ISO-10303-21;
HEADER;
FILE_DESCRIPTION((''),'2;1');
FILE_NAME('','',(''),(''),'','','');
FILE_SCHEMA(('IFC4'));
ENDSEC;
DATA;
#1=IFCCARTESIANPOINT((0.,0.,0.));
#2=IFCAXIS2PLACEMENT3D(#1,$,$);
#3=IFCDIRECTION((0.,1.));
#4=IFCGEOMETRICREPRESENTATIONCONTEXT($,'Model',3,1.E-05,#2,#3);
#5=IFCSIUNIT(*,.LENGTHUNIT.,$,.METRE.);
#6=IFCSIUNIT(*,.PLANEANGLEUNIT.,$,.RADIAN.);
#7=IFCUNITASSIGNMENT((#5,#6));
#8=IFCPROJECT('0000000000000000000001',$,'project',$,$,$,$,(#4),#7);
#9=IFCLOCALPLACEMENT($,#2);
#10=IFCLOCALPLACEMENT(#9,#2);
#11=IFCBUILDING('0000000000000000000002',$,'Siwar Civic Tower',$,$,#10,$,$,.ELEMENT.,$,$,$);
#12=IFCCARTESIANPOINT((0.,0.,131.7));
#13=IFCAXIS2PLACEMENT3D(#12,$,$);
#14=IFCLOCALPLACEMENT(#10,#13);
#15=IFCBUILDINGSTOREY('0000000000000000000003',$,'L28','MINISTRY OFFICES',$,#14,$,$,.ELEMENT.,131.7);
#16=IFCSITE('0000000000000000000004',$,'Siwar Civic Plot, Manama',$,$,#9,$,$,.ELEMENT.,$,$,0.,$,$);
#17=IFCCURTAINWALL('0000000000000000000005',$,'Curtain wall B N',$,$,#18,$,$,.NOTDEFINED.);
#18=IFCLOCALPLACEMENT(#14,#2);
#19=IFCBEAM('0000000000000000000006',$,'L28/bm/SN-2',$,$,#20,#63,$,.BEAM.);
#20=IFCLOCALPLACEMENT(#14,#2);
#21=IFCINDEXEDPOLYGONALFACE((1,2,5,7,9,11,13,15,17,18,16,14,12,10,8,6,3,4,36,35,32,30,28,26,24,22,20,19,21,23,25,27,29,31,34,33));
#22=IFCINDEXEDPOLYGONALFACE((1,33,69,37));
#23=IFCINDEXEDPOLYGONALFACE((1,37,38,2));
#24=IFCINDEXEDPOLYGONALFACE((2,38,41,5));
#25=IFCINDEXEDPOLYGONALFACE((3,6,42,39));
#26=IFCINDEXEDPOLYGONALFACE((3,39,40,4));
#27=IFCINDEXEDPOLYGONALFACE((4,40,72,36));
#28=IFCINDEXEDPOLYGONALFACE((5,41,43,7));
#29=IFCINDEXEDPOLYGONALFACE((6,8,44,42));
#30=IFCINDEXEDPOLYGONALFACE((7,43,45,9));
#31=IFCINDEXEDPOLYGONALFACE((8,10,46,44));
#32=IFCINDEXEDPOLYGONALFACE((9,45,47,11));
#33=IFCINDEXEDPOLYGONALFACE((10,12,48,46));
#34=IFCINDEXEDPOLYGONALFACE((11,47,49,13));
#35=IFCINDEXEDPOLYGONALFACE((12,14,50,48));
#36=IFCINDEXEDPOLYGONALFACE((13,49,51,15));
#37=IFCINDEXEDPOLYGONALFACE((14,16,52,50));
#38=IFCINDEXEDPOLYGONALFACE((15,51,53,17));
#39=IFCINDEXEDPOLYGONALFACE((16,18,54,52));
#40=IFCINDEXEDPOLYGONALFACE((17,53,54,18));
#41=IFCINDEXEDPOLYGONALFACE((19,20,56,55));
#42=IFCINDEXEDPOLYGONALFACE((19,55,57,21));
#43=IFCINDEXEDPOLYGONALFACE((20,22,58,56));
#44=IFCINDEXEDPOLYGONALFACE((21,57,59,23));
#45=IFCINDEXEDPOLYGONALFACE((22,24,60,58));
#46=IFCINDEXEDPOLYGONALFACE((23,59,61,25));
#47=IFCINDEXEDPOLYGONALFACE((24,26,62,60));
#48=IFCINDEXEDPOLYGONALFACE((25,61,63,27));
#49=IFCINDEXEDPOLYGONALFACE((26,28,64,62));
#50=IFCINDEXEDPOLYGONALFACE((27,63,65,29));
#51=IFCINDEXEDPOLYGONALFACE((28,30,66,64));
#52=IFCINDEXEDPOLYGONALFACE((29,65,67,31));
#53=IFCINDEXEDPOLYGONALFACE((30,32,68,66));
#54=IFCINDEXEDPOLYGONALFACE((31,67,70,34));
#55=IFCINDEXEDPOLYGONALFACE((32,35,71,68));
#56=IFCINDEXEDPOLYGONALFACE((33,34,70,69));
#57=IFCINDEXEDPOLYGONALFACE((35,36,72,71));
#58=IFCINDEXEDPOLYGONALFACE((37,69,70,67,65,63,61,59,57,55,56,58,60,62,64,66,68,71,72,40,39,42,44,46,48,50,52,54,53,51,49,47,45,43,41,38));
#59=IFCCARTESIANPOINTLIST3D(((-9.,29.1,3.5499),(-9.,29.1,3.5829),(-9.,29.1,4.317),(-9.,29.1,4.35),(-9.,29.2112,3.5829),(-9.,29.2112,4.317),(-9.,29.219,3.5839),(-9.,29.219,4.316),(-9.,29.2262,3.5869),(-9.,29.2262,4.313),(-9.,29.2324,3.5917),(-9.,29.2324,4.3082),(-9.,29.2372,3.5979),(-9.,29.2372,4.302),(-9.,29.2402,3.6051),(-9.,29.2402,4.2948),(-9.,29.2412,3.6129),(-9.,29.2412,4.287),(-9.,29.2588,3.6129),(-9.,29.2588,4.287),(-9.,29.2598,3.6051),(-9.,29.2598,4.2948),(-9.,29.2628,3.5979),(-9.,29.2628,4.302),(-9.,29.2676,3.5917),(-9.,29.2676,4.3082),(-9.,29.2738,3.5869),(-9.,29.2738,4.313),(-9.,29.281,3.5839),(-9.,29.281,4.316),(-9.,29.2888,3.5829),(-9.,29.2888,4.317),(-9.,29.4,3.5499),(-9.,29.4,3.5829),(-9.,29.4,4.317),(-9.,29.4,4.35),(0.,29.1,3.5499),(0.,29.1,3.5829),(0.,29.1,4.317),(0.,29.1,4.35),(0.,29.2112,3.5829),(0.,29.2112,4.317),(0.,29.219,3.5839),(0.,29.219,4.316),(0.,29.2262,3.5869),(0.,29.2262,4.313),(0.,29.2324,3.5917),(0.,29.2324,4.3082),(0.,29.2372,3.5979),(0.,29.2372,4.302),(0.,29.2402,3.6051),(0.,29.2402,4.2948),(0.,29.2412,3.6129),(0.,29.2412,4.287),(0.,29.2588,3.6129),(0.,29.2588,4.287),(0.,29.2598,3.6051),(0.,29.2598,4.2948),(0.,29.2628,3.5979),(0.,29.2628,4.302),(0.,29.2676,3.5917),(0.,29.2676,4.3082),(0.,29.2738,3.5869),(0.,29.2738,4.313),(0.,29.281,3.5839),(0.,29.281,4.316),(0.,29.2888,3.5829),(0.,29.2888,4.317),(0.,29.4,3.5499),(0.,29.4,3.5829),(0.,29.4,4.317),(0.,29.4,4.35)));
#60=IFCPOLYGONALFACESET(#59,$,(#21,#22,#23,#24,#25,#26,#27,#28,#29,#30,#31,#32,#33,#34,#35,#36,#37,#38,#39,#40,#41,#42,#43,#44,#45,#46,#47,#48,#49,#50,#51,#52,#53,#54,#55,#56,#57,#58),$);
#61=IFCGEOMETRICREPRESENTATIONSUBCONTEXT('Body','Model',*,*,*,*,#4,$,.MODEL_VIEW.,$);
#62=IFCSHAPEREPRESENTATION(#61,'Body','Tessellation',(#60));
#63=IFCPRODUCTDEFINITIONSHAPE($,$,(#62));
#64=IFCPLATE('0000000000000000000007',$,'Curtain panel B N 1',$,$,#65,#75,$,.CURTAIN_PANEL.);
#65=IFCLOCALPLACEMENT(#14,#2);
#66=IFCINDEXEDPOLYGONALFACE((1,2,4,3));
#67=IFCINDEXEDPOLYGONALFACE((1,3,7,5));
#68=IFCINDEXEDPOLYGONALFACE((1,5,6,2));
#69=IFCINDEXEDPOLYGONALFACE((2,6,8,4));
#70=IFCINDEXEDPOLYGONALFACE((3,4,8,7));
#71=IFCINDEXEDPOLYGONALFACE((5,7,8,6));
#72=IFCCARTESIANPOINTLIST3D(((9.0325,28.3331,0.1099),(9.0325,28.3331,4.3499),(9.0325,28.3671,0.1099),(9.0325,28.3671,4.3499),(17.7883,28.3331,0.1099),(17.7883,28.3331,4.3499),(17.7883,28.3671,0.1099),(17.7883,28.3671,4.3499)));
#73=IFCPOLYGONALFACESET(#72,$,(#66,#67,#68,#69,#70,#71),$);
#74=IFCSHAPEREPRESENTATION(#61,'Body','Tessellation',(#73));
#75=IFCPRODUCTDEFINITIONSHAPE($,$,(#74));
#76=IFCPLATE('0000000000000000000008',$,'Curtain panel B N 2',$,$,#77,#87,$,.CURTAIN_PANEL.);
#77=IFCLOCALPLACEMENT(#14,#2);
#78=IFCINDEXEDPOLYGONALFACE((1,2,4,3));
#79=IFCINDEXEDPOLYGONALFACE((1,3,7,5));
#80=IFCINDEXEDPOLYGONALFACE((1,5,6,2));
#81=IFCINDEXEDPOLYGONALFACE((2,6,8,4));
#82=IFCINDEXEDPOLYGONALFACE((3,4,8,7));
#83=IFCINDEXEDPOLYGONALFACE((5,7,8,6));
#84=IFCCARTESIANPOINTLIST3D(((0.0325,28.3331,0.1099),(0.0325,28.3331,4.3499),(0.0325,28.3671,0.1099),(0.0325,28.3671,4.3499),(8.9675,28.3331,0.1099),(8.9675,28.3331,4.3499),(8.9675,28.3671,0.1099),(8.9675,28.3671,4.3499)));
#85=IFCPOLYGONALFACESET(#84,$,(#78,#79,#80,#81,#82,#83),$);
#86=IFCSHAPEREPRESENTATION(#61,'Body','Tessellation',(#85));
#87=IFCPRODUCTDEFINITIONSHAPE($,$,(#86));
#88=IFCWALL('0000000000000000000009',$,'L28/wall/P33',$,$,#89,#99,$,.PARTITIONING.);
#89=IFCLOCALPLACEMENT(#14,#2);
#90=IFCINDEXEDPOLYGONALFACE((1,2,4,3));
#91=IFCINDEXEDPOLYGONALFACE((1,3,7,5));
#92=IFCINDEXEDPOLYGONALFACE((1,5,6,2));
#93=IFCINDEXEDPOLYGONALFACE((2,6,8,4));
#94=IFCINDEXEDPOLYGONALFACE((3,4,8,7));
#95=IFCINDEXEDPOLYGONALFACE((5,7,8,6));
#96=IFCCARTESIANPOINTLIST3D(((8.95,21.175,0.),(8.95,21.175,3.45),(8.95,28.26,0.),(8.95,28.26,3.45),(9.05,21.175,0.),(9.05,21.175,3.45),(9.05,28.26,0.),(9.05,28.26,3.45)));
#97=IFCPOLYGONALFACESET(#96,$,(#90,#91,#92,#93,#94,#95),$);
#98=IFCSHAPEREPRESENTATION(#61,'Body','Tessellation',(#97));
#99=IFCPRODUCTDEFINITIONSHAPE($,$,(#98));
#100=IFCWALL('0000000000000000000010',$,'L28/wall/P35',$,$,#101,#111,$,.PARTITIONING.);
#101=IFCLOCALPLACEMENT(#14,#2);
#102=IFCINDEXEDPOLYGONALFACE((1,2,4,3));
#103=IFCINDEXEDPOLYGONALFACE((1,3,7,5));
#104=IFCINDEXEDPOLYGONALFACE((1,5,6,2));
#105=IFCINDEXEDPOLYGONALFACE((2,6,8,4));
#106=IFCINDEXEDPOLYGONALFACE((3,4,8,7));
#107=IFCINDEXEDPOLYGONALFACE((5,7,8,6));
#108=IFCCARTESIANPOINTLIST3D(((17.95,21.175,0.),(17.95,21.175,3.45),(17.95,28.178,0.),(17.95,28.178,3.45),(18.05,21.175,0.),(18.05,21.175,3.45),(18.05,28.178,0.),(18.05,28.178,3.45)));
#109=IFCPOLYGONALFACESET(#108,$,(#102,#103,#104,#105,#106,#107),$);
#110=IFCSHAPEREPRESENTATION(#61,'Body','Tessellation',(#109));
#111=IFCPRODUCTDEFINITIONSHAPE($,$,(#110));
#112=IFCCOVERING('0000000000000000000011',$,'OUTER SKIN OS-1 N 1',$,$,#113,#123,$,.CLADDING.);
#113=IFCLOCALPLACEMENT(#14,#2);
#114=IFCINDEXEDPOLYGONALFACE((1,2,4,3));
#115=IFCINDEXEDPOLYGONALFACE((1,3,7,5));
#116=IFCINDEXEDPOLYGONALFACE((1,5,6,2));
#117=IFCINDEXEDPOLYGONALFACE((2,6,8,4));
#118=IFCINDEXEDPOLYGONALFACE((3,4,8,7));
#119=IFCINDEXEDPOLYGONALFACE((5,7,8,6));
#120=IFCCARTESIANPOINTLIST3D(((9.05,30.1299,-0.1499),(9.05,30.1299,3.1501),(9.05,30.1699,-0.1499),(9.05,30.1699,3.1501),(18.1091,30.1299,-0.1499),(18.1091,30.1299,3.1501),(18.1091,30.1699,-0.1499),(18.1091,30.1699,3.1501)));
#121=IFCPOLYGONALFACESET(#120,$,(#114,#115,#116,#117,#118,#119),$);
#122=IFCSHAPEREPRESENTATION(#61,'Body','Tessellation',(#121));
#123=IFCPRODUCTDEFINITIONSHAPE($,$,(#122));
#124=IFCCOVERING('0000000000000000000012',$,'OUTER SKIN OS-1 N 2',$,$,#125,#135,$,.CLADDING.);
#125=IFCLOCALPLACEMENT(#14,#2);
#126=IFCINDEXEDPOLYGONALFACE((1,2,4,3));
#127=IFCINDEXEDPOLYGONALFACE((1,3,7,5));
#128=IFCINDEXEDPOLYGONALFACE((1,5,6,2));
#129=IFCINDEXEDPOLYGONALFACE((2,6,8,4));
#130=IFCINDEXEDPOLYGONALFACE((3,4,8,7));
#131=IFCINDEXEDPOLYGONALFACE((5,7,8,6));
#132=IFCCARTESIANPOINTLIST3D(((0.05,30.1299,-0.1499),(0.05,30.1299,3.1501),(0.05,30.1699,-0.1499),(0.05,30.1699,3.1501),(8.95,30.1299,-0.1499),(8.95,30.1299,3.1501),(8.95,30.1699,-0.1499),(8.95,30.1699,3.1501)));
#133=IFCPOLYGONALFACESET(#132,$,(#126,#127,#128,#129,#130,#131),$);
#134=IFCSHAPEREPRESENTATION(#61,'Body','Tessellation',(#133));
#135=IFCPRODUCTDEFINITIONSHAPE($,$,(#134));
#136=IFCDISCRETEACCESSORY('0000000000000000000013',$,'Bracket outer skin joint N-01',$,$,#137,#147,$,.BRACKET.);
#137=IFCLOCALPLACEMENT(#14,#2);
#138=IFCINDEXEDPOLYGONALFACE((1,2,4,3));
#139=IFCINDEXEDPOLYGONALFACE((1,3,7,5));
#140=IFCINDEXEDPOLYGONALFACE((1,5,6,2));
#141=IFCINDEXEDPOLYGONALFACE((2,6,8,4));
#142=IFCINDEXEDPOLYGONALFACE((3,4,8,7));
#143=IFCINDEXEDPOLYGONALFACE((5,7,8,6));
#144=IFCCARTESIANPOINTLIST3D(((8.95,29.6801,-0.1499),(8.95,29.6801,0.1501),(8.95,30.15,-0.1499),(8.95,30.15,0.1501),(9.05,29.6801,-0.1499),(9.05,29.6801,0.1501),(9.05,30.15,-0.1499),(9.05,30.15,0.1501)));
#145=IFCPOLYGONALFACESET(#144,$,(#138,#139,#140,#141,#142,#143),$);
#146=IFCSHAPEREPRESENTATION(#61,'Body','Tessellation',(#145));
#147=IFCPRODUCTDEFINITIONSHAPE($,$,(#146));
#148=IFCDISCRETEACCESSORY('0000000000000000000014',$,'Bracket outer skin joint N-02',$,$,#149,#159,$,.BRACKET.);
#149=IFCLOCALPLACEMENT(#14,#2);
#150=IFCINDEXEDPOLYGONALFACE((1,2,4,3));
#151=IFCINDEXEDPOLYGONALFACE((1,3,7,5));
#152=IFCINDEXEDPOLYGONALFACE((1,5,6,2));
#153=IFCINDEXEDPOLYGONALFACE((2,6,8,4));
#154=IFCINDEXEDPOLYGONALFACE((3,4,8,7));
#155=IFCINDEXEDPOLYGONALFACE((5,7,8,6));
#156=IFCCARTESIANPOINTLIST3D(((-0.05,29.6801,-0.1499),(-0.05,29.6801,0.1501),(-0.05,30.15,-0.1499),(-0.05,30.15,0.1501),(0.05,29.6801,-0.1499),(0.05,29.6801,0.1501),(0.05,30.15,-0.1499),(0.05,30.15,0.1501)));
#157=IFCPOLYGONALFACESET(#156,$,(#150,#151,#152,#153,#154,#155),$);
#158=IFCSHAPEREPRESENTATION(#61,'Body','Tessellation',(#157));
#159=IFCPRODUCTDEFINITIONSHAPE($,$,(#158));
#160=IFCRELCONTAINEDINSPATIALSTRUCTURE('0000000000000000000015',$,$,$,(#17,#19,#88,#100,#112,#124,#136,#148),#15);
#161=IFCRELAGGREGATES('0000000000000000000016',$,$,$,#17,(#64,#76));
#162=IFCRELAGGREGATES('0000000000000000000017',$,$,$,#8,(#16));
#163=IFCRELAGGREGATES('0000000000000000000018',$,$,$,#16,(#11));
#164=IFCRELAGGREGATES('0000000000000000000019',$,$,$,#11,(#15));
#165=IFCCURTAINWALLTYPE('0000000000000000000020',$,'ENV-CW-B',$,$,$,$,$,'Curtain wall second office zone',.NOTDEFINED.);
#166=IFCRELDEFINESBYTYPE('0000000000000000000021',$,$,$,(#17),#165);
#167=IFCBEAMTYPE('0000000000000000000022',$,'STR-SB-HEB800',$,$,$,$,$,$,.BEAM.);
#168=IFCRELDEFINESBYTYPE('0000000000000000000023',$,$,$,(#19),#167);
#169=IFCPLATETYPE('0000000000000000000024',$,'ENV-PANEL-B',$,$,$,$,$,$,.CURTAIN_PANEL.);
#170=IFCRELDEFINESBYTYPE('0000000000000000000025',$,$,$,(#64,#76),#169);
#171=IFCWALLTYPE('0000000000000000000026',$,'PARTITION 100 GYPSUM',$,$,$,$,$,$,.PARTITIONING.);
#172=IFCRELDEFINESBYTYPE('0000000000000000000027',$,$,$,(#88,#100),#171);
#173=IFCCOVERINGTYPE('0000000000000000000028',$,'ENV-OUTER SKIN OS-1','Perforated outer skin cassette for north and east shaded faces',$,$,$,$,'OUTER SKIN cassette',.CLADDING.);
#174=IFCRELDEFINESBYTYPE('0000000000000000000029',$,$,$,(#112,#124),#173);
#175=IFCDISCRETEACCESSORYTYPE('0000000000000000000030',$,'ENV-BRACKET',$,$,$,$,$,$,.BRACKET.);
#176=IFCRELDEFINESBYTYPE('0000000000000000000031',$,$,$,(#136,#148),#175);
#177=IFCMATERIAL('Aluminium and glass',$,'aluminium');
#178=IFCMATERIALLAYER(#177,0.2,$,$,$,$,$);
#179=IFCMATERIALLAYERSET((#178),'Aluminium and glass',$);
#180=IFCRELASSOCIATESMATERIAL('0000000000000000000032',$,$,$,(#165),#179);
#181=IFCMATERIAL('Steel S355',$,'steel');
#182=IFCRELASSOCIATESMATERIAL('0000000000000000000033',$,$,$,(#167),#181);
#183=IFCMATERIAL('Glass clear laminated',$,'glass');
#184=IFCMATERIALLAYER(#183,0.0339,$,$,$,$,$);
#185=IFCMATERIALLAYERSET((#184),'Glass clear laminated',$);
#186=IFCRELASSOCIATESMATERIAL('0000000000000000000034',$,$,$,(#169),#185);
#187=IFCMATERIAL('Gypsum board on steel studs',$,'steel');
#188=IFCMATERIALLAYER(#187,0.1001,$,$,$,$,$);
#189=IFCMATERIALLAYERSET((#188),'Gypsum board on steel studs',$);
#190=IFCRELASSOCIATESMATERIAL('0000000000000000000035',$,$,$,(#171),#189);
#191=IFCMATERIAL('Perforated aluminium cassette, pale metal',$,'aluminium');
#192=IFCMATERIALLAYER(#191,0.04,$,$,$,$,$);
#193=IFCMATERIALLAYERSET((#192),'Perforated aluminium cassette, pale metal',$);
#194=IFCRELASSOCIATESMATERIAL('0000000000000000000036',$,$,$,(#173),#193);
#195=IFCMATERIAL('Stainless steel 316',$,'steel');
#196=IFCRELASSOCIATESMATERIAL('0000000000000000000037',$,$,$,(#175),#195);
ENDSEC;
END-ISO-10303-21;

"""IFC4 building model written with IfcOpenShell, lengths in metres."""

from ifc_helpers import new_model, si_unit, direction, frame, frame_2d, origin, origin_2d, place, context, subcontext, project, spatial, rectangle, i_section, extrude, material, layer, layer_set, material_profile, profile_set, type_object, element, aggregate, save


model = new_model("IFC4")

# Units and contexts
model_context = context("Model", 3, precision=1e-05, world=origin(), true_north=direction((0.0, 1.0)))
body_context = subcontext(model_context, "Body", "Model", "MODEL_VIEW")
ifc_project = project(units=[si_unit("LENGTHUNIT", "METRE"), si_unit("PLANEANGLEUNIT", "RADIAN")], contexts=[model_context])

# Site, building, storey
site_placement = place(None, origin())
site = spatial("IfcSite", under=ifc_project, at=site_placement, Name="Siwar Civic Plot, Manama", CompositionType="ELEMENT", RefElevation=0.0)
building_placement = place(site_placement, origin())
building = spatial("IfcBuilding", under=site, at=building_placement, Name="Siwar Civic Tower", CompositionType="ELEMENT")
storey_placement = place(building_placement, frame((0.0, 0.0, 131.7)))
storey = spatial("IfcBuildingStorey", under=building, at=storey_placement, Name="L28", Description="MINISTRY OFFICES", CompositionType="ELEMENT", Elevation=131.7)

# Curtain wall
ifc_material_1 = material(Name="Aluminium and glass", Category="aluminium")
ifc_layer_1 = layer(ifc_material_1, 0.2)
ifc_layer_set_1 = layer_set([ifc_layer_1], Name="Aluminium and glass")
curtain_wall_type = type_object("IfcCurtainWallType", Name="ENV-CW-B", ElementType="Curtain wall second office zone", PredefinedType="NOTDEFINED", material=ifc_layer_set_1)
curtain_wall_placement = place(storey_placement, origin())
curtain_wall = element("IfcCurtainWall", 1, at=curtain_wall_placement, inside=storey, type_object=curtain_wall_type, Name="Curtain wall B N", PredefinedType="NOTDEFINED")

# Beam
ifc_material_2 = material(Name="Steel S355", Category="steel")
ifc_material_profile_1 = material_profile(ifc_material_2, i_section(OverallWidth=0.3, OverallDepth=0.8, WebThickness=0.0176, FlangeThickness=0.033, FilletRadius=0.03, at=origin_2d()), Name="HEB800")
ifc_profile_set_1 = profile_set([ifc_material_profile_1], Name="Steel S355")
beam_type_1 = type_object("IfcBeamType", Name="STR-SB-HEB800", PredefinedType="BEAM", material=ifc_profile_set_1)
for number, where, z_axis, x_axis, name in (
    (2, (0.0, 29.25, 3.95), (-1.0, 0.0, 0.0), (0.0, -1.0, 0.0), "L28/bm/SN-2"),
):
    element("IfcBeam", number, at=place(storey_placement, frame(where, z_axis=z_axis, x_axis=x_axis)), inside=storey, type_object=beam_type_1, Name=name, PredefinedType="BEAM", context=body_context, shape_type="SweptSolid", body=[
        extrude(i_section(OverallWidth=0.3, OverallDepth=0.8, WebThickness=0.0176, FlangeThickness=0.033, FilletRadius=0.03, at=origin_2d()), origin(), (0.0, 0.0, 1.0), 9.0),
    ])

# Plates
ifc_material_3 = material(Name="Glass clear laminated", Category="glass")
ifc_layer_2 = layer(ifc_material_3, 0.0339)
ifc_layer_set_2 = layer_set([ifc_layer_2], Name="Glass clear laminated")
plate_type = type_object("IfcPlateType", Name="ENV-PANEL-B", PredefinedType="CURTAIN_PANEL", material=ifc_layer_set_2)
plate_1_placement = place(storey_placement, frame((13.4104, 28.3501, 0.1099), z_axis=(0.0, 0.0, 1.0), x_axis=(-1.0, 0.0, 0.0)))
plate_1 = element("IfcPlate", 3, at=plate_1_placement, type_object=plate_type, Name="Curtain panel B N 1", PredefinedType="CURTAIN_PANEL", context=body_context, shape_type="SweptSolid", body=[
    extrude(rectangle(XDim=8.7559, YDim=0.0339, at=origin_2d()), origin(), (0.0, 0.0, 1.0), 4.24),
])
plate_2_placement = place(storey_placement, frame((4.5, 28.3501, 0.1099), z_axis=(0.0, 0.0, 1.0), x_axis=(-1.0, 0.0, 0.0)))
plate_2 = element("IfcPlate", 4, at=plate_2_placement, type_object=plate_type, Name="Curtain panel B N 2", PredefinedType="CURTAIN_PANEL", context=body_context, shape_type="SweptSolid", body=[
    extrude(rectangle(XDim=8.9351, YDim=0.0339, at=origin_2d()), origin(), (0.0, 0.0, 1.0), 4.24),
])
aggregate(curtain_wall, [plate_1, plate_2])

# Walls
ifc_material_4 = material(Name="Gypsum board on steel studs", Category="steel")
ifc_layer_3 = layer(ifc_material_4, 0.1001)
ifc_layer_set_3 = layer_set([ifc_layer_3], Name="Gypsum board on steel studs")
wall_type = type_object("IfcWallType", Name="PARTITION 100 GYPSUM", PredefinedType="PARTITIONING", material=ifc_layer_set_3)
wall_1_placement = place(storey_placement, frame((9.0, 21.175, 0.0), z_axis=(0.0, 0.0, 1.0), x_axis=(0.0, 1.0, 0.0)))
element("IfcWall", 5, at=wall_1_placement, inside=storey, type_object=wall_type, Name="L28/wall/P33", PredefinedType="PARTITIONING", context=body_context, shape_type="SweptSolid", body=[
    extrude(rectangle(XDim=7.085, YDim=0.1001, at=frame_2d((3.5425, 0.0))), origin(), (0.0, 0.0, 1.0), 3.45),
])
wall_2_placement = place(storey_placement, frame((18.0, 21.175, 0.0), z_axis=(0.0, 0.0, 1.0), x_axis=(0.0, 1.0, 0.0)))
element("IfcWall", 6, at=wall_2_placement, inside=storey, type_object=wall_type, Name="L28/wall/P35", PredefinedType="PARTITIONING", context=body_context, shape_type="SweptSolid", body=[
    extrude(rectangle(XDim=7.0029, YDim=0.1001, at=frame_2d((3.5015, 0.0))), origin(), (0.0, 0.0, 1.0), 3.45),
])

# Coverings
ifc_material_5 = material(Name="Perforated aluminium cassette, pale metal", Category="aluminium")
ifc_layer_4 = layer(ifc_material_5, 0.04)
ifc_layer_set_4 = layer_set([ifc_layer_4], Name="Perforated aluminium cassette, pale metal")
covering_type = type_object("IfcCoveringType", Name="ENV-OUTER SKIN OS-1", Description="Perforated outer skin cassette for north and east shaded faces", ElementType="OUTER SKIN cassette", PredefinedType="CLADDING", material=ifc_layer_set_4)
covering_1_placement = place(storey_placement, frame((13.5796, 30.1499, -0.1499), z_axis=(0.0, 0.0, 1.0), x_axis=(-1.0, 0.0, 0.0)))
element("IfcCovering", 7, at=covering_1_placement, inside=storey, type_object=covering_type, Name="OUTER SKIN OS-1 N 1", PredefinedType="CLADDING", context=body_context, shape_type="SweptSolid", body=[
    extrude(rectangle(XDim=9.0591, YDim=0.04, at=origin_2d()), origin(), (0.0, 0.0, 1.0), 3.3),
])
covering_2_placement = place(storey_placement, frame((4.5, 30.1499, -0.1499), z_axis=(0.0, 0.0, 1.0), x_axis=(-1.0, 0.0, 0.0)))
element("IfcCovering", 8, at=covering_2_placement, inside=storey, type_object=covering_type, Name="OUTER SKIN OS-1 N 2", PredefinedType="CLADDING", context=body_context, shape_type="SweptSolid", body=[
    extrude(rectangle(XDim=8.8999, YDim=0.04, at=origin_2d()), origin(), (0.0, 0.0, 1.0), 3.3),
])

# Discrete accessories
ifc_material_6 = material(Name="Stainless steel 316", Category="steel")
discrete_accessory_type = type_object("IfcDiscreteAccessoryType", Name="ENV-BRACKET", PredefinedType="BRACKET", material=ifc_material_6)
for number, where, z_axis, x_axis, name in (
    (9, (9.0, 29.915, -0.1499), (0.0, 0.0, 1.0), (0.0, 1.0, 0.0), "Bracket outer skin joint N-01"),
    (10, (0.0, 29.915, -0.1499), (0.0, 0.0, 1.0), (0.0, 1.0, 0.0), "Bracket outer skin joint N-02"),
):
    element("IfcDiscreteAccessory", number, at=place(storey_placement, frame(where, z_axis=z_axis, x_axis=x_axis)), inside=storey, type_object=discrete_accessory_type, Name=name, PredefinedType="BRACKET", context=body_context, shape_type="SweptSolid", body=[
        extrude(rectangle(XDim=0.47, YDim=0.1001, at=origin_2d()), origin(), (0.0, 0.0, 1.0), 0.3),
    ])

save(model, "model.ifc")
